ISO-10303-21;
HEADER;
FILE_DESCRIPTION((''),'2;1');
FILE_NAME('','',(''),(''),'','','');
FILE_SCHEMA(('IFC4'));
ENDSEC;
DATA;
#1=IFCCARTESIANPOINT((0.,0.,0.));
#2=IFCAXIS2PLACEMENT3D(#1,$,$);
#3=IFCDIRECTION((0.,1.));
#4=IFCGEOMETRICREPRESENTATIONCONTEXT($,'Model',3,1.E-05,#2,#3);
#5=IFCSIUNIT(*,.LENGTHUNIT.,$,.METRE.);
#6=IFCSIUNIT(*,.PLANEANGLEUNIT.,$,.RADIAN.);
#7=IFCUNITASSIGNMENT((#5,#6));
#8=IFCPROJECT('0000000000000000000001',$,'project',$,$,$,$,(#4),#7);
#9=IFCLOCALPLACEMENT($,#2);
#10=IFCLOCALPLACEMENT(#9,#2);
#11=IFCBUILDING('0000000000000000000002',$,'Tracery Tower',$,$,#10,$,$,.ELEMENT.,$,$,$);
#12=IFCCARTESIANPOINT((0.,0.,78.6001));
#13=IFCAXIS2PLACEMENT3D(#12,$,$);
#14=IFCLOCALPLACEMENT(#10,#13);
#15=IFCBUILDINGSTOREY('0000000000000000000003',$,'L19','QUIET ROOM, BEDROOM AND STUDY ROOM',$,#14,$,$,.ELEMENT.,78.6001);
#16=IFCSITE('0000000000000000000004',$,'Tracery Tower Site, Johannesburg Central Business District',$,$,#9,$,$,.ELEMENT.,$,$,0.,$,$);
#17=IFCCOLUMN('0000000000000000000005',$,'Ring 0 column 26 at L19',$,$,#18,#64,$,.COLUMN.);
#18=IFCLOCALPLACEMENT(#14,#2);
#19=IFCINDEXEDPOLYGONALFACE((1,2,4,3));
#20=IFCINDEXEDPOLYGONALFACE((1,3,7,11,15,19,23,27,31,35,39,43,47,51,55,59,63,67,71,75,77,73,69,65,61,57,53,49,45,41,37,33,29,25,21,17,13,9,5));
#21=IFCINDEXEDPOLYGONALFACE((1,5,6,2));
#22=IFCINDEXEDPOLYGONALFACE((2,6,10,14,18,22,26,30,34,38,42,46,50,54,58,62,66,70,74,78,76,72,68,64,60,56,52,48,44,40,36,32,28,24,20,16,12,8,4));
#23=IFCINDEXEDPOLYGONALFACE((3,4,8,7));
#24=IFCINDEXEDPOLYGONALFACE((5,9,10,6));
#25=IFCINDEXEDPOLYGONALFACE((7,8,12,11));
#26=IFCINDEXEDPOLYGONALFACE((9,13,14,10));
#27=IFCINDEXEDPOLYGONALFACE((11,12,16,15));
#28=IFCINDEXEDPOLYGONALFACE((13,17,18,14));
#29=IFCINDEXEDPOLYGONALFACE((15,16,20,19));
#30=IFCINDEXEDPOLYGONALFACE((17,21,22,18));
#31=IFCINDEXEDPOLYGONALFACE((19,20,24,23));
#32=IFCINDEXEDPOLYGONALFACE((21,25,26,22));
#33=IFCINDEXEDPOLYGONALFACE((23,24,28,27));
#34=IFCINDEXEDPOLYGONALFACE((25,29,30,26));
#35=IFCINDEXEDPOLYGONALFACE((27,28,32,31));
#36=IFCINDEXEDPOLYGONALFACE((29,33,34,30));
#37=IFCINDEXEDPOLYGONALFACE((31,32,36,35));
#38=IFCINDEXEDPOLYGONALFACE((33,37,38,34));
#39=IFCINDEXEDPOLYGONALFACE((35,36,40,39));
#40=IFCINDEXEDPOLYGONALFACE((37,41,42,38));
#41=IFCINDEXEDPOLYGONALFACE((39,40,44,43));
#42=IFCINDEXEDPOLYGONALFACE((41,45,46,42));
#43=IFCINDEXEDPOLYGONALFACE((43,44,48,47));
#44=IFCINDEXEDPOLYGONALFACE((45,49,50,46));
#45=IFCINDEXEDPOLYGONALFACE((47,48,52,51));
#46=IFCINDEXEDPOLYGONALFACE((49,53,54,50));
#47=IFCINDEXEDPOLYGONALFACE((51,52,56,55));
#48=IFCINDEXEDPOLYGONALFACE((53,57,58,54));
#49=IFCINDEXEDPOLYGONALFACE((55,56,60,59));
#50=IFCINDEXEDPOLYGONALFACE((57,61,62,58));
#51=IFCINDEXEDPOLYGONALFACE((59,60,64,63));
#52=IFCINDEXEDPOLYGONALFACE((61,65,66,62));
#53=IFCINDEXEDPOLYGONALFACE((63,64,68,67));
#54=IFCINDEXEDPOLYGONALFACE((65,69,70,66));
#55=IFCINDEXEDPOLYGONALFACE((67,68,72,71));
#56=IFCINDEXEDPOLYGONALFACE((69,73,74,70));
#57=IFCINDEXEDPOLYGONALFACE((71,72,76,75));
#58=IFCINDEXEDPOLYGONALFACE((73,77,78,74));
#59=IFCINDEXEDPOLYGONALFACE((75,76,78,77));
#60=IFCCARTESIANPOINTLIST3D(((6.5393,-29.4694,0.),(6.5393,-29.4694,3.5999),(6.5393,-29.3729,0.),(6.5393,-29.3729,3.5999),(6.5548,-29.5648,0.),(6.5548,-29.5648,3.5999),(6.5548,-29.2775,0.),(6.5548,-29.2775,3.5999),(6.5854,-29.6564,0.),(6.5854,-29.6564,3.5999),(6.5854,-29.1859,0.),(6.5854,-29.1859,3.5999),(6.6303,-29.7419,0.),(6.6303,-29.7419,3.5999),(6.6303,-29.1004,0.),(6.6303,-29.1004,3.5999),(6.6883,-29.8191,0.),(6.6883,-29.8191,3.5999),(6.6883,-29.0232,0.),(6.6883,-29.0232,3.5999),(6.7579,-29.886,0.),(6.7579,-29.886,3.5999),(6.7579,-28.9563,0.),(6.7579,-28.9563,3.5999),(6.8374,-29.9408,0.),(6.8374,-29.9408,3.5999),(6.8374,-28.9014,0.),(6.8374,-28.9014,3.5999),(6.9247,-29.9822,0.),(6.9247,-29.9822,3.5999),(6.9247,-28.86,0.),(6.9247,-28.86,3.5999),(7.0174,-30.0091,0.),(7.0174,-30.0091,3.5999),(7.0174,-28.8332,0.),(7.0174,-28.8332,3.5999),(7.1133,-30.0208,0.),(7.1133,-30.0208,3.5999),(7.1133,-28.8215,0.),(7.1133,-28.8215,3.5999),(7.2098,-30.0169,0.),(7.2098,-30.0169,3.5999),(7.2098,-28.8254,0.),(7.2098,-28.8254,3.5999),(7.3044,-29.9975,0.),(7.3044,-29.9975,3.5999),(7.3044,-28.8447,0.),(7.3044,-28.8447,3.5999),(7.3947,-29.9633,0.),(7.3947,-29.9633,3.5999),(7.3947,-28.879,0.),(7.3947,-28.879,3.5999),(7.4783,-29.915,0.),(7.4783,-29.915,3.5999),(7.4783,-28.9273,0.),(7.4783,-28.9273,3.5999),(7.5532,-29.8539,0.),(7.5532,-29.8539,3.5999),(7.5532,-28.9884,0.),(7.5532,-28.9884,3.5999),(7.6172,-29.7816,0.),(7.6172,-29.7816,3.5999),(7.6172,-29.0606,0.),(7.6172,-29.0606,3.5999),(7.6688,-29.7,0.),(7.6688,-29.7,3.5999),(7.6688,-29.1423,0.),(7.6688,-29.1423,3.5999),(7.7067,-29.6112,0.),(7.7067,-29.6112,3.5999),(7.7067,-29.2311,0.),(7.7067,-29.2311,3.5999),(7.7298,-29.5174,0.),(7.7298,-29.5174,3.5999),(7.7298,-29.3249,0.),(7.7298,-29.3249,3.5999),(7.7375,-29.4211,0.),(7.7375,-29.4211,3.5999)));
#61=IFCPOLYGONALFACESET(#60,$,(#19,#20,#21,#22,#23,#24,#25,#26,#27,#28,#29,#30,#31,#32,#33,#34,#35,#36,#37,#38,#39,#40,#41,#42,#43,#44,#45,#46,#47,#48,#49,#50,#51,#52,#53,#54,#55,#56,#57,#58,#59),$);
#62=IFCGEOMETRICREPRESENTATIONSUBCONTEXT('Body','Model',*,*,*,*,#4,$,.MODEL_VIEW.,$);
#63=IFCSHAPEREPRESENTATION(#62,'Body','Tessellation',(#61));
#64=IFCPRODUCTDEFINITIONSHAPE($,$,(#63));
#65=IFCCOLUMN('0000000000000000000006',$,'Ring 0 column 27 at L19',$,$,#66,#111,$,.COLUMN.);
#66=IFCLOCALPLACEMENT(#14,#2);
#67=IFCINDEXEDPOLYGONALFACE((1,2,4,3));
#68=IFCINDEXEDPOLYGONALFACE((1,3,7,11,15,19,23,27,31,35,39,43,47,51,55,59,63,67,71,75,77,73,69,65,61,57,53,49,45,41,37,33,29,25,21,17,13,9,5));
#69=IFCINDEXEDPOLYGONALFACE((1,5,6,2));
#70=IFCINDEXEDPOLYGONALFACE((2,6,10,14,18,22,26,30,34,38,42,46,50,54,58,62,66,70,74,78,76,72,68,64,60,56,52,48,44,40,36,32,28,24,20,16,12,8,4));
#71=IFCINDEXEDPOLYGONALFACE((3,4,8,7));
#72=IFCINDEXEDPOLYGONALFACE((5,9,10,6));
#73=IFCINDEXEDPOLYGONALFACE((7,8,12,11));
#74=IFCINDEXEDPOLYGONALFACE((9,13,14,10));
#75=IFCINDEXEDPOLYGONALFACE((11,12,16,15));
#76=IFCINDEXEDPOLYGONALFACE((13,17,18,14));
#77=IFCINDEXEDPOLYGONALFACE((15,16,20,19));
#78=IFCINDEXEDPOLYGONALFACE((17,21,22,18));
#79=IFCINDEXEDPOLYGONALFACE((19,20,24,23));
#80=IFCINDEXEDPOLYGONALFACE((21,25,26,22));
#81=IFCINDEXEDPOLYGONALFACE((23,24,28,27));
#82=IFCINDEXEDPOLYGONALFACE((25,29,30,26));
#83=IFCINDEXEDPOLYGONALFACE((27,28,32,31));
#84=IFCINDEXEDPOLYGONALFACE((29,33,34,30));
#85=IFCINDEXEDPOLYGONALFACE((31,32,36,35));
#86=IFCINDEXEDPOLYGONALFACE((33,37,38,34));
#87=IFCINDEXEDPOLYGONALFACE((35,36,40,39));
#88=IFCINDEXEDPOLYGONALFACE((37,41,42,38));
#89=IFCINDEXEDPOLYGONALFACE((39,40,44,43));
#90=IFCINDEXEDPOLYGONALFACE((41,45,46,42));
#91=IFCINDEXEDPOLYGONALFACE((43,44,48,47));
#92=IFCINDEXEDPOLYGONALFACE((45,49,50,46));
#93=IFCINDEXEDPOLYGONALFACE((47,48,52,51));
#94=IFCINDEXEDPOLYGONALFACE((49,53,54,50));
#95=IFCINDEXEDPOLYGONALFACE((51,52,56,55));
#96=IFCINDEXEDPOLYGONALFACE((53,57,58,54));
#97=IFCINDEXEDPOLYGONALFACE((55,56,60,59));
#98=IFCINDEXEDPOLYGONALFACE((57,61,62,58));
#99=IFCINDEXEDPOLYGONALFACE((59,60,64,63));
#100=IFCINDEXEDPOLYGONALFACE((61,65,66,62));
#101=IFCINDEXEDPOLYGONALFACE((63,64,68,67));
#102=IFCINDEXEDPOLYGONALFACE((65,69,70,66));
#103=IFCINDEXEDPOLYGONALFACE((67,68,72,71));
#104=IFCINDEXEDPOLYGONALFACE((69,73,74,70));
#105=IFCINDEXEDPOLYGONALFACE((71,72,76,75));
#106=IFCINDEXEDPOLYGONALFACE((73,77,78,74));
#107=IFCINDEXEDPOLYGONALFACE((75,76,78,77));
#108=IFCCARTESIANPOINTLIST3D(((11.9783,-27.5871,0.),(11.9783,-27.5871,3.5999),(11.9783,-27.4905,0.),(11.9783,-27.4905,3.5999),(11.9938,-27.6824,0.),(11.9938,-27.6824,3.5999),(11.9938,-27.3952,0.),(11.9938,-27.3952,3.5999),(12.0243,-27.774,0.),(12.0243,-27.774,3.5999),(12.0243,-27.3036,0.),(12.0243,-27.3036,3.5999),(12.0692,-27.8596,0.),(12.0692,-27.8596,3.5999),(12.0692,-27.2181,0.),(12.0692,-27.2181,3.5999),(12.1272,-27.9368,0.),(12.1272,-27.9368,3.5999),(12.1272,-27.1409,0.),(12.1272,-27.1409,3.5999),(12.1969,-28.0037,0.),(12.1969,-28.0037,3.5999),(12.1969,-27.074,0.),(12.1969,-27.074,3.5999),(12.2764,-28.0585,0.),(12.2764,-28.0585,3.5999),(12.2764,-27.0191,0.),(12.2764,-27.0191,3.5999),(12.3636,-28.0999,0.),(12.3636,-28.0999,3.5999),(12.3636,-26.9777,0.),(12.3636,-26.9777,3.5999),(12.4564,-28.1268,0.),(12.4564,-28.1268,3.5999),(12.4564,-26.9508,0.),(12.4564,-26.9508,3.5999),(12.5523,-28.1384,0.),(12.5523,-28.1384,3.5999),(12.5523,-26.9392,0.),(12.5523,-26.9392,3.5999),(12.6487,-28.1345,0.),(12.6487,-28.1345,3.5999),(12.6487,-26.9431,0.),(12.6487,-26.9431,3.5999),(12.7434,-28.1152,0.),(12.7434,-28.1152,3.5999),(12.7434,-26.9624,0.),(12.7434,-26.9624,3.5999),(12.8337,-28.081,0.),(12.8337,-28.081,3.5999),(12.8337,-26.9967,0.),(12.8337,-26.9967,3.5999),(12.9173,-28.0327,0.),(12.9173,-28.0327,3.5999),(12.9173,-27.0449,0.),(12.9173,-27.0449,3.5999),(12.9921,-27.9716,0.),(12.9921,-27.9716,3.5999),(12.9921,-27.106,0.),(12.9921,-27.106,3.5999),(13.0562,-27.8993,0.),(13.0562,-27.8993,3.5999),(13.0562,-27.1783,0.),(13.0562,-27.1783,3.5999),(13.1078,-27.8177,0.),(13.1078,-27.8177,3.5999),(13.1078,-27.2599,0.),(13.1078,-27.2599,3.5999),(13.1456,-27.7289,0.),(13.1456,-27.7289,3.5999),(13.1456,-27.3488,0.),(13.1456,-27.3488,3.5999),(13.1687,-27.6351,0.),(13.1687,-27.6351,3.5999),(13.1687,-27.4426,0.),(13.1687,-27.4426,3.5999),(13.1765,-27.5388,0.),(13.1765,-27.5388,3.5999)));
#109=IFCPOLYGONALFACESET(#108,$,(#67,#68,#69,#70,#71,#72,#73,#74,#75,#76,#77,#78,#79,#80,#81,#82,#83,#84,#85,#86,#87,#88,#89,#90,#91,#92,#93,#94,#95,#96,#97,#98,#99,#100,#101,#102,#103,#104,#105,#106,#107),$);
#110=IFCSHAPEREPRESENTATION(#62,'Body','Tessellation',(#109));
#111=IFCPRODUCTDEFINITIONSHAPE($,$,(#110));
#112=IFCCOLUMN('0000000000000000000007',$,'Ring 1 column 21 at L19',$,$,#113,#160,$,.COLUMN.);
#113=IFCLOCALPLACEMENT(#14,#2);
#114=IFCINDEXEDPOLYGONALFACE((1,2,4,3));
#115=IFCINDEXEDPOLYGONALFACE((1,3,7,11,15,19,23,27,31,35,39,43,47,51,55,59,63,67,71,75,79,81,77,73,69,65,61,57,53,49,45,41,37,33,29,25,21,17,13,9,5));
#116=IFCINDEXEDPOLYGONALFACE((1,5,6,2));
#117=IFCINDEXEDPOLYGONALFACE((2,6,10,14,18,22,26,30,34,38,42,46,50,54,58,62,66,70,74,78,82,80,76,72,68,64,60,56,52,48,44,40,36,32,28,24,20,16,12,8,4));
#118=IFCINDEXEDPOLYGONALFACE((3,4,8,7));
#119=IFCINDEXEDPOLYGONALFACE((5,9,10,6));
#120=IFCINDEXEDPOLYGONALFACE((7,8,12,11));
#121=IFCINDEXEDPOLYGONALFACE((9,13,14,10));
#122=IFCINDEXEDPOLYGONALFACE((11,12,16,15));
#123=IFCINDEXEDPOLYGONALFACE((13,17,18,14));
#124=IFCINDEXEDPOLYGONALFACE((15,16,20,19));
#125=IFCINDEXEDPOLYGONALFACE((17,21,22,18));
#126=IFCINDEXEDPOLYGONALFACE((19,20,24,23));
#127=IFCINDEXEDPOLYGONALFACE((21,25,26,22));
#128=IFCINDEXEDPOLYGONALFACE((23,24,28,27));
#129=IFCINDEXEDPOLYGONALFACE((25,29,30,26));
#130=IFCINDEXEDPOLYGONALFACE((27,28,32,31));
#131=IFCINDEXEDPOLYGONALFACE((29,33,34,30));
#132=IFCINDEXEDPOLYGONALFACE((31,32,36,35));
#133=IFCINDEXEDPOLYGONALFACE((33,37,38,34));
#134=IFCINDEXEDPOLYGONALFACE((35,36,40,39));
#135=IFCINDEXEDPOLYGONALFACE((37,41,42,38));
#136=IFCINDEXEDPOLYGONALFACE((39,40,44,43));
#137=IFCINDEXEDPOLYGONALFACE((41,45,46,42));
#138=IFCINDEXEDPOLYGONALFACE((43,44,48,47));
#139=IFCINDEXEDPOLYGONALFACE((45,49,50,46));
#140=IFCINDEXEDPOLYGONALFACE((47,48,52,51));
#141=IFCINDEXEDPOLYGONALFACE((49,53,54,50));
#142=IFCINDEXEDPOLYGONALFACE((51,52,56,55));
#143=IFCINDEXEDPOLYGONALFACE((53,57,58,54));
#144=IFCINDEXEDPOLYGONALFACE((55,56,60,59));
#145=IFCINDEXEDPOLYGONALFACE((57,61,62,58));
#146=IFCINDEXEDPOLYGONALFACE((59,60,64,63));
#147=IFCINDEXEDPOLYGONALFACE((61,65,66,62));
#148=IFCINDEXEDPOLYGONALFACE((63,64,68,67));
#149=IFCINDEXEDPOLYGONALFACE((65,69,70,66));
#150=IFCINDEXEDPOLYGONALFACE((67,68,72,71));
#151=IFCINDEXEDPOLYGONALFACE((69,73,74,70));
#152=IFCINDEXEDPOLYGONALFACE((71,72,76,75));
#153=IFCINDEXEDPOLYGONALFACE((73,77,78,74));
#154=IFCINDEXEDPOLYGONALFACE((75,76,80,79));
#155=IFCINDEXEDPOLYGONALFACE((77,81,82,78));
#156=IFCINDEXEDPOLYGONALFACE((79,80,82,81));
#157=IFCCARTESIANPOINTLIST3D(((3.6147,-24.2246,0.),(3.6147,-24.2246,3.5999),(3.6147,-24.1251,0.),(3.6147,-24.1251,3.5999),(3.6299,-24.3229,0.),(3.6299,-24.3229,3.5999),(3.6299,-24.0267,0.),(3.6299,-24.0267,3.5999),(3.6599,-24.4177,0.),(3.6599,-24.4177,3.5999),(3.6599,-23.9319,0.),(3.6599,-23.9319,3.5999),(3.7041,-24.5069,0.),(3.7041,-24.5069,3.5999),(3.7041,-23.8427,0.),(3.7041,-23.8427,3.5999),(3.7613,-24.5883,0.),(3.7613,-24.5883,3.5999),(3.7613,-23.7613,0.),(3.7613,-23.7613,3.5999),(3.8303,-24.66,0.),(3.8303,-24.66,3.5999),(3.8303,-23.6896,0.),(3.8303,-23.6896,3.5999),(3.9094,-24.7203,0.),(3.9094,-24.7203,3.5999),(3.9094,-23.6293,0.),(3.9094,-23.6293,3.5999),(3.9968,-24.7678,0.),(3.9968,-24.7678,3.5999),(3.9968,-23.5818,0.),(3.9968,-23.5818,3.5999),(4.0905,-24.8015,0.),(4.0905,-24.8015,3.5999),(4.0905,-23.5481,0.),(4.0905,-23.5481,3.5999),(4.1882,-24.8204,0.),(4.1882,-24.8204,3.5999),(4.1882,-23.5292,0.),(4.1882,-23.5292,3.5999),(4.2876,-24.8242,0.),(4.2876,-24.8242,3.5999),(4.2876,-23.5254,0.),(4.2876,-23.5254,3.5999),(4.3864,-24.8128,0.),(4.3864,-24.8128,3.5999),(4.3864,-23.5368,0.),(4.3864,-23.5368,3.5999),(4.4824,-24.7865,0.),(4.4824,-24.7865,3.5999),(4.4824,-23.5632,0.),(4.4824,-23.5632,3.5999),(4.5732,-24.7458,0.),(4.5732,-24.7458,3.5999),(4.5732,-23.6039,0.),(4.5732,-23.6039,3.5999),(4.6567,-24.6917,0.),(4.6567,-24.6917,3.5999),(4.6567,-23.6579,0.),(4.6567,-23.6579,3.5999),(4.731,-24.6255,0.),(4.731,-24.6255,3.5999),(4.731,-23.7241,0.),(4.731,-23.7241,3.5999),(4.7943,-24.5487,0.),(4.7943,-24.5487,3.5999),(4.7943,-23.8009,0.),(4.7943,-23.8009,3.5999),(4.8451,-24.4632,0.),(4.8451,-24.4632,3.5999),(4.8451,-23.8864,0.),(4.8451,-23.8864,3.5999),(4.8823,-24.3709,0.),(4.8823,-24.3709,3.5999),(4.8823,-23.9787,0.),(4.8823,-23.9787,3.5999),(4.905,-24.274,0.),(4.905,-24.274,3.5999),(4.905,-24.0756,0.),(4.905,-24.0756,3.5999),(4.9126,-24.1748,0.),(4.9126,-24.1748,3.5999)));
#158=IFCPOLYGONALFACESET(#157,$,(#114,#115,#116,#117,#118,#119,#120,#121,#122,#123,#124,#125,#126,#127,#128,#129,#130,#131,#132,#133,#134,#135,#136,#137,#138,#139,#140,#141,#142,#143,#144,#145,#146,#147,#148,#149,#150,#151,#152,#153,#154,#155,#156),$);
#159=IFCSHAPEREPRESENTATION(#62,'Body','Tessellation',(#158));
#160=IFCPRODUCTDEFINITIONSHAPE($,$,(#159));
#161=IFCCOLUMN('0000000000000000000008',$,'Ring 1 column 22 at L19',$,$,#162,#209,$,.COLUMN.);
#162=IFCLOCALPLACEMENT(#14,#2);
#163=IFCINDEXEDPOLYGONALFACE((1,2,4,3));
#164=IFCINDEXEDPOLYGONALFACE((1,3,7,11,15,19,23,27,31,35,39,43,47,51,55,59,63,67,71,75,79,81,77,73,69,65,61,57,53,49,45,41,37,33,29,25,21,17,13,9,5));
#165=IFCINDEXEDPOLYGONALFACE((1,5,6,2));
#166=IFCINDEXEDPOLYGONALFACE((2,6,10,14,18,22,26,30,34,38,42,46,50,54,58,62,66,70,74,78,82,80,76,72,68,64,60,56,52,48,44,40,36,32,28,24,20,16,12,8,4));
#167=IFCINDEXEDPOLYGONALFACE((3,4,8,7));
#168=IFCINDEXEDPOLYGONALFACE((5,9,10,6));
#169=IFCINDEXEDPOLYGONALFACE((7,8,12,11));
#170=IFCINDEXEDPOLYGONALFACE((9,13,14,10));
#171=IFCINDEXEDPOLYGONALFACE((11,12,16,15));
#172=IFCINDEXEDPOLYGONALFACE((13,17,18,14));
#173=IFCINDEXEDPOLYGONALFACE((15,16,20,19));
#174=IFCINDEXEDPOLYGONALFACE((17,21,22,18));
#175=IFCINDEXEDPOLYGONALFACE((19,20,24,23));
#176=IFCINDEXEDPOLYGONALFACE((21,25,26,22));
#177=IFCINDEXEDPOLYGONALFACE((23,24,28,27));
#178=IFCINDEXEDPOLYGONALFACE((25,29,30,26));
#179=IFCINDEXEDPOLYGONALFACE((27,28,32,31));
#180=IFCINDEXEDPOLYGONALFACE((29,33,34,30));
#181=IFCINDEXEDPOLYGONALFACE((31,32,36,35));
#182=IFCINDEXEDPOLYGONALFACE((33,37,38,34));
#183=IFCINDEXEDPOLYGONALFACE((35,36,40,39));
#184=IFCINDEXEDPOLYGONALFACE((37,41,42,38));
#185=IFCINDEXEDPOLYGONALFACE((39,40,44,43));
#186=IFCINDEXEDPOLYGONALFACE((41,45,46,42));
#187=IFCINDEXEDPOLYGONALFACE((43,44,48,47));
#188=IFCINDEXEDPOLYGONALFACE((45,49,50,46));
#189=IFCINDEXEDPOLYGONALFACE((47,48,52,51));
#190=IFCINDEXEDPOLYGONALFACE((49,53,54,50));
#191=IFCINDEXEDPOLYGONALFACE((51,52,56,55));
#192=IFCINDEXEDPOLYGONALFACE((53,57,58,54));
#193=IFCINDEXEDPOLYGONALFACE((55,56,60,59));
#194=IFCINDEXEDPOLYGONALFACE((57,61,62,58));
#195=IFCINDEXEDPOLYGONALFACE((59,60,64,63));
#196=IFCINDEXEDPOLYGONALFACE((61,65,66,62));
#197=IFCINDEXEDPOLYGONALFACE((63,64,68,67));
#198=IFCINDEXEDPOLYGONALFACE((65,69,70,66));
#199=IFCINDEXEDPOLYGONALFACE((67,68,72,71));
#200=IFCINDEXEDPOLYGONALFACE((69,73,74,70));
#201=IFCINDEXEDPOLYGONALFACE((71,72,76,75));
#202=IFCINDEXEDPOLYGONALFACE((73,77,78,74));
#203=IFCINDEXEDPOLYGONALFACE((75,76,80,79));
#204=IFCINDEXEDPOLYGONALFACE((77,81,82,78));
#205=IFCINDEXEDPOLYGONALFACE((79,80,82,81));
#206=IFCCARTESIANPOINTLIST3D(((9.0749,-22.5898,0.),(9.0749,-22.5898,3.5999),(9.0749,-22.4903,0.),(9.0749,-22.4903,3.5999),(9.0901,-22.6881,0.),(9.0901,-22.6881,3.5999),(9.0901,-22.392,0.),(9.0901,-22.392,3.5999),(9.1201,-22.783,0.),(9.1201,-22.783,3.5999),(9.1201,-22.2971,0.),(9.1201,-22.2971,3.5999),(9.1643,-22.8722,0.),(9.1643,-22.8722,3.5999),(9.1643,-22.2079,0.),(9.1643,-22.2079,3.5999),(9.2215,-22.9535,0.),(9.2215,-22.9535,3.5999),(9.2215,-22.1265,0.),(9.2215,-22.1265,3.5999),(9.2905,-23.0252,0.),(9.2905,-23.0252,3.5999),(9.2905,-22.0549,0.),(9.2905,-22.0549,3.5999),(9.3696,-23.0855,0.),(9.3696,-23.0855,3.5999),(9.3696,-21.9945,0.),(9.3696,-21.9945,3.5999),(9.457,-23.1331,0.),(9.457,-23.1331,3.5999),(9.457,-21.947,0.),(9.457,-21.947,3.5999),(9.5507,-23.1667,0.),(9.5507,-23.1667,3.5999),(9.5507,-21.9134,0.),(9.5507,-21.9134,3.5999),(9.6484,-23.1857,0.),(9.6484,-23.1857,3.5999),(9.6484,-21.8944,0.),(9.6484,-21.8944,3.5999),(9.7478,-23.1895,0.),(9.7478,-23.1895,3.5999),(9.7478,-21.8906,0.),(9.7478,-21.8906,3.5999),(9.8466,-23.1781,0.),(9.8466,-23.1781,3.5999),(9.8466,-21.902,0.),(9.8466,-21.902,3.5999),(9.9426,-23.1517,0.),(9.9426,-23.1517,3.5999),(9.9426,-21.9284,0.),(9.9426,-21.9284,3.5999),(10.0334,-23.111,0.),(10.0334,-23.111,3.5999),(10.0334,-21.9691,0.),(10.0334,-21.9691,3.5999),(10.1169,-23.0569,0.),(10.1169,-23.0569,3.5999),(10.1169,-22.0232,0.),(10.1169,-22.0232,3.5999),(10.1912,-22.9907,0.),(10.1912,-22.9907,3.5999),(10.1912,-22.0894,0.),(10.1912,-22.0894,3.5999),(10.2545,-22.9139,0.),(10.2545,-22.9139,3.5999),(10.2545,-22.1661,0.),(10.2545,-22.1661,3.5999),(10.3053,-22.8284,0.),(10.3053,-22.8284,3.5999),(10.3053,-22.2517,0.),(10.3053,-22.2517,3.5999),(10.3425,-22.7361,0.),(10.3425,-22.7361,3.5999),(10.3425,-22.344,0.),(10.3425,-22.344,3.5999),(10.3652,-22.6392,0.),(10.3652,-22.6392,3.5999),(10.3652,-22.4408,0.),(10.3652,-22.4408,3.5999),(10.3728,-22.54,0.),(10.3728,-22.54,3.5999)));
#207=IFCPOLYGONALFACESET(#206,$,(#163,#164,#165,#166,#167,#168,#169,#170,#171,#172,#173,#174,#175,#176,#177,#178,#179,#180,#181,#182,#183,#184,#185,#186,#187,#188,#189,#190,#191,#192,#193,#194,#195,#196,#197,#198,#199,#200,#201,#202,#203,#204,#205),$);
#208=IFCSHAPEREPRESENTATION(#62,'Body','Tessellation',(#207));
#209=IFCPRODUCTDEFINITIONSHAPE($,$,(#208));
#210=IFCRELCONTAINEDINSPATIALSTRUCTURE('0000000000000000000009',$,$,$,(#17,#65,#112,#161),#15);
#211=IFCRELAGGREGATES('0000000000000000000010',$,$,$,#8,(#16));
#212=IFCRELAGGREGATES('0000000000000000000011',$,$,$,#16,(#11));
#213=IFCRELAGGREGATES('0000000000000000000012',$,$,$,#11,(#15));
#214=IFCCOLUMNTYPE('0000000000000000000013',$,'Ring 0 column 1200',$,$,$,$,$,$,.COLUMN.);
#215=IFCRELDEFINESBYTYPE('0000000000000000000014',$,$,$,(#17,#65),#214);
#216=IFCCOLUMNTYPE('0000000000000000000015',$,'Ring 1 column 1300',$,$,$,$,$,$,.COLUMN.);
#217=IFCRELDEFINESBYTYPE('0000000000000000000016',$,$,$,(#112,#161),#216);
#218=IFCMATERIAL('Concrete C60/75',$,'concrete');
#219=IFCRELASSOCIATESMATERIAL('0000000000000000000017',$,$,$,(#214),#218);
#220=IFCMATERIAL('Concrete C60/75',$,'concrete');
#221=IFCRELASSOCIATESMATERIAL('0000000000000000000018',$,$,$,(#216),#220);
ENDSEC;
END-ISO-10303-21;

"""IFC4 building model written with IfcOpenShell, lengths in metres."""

from ifc_helpers import new_model, si_unit, direction, frame, origin, origin_2d, place, context, subcontext, project, spatial, circle, extrude, material, material_profile, profile_set, type_object, element, save


model = new_model("IFC4")

# Units and contexts
model_context = context("Model", 3, precision=1e-05, world=origin(), true_north=direction((0.0, 1.0)))
body_context = subcontext(model_context, "Body", "Model", "MODEL_VIEW")
ifc_project = project(units=[si_unit("LENGTHUNIT", "METRE"), si_unit("PLANEANGLEUNIT", "RADIAN")], contexts=[model_context])

# Site, building, storey
site_placement = place(None, origin())
site = spatial("IfcSite", under=ifc_project, at=site_placement, Name="Tracery Tower Site, Johannesburg Central Business District", CompositionType="ELEMENT", RefElevation=0.0)
building_placement = place(site_placement, origin())
building = spatial("IfcBuilding", under=site, at=building_placement, Name="Tracery Tower", CompositionType="ELEMENT")
storey_placement = place(building_placement, frame((0.0, 0.0, 78.6001)))
storey = spatial("IfcBuildingStorey", under=building, at=storey_placement, Name="L19", Description="QUIET ROOM, BEDROOM AND STUDY ROOM", CompositionType="ELEMENT", Elevation=78.6001)

# Columns
ifc_material_1 = material(Name="Concrete C60/75", Category="concrete")
ifc_material_profile_1 = material_profile(ifc_material_1, circle(Radius=0.6001, at=origin_2d()), Name="RC D1200")
ifc_profile_set_1 = profile_set([ifc_material_profile_1], Name="Concrete C60/75")
column_type_1 = type_object("IfcColumnType", Name="Ring 0 column 1200", PredefinedType="COLUMN", material=ifc_profile_set_1)
for number, where, z_axis, x_axis, name in (
    (1, (7.1375, -29.4211, 0.0), (0.0, 0.0, 1.0), (1.0, 0.0, 0.0), "Ring 0 column 26 at L19"),
    (2, (12.5764, -27.5388, 0.0), (0.0, 0.0, 1.0), (1.0, 0.0, 0.0), "Ring 0 column 27 at L19"),
):
    element("IfcColumn", number, at=place(storey_placement, frame(where, z_axis=z_axis, x_axis=x_axis)), inside=storey, type_object=column_type_1, Name=name, PredefinedType="COLUMN", context=body_context, shape_type="SweptSolid", body=[
        extrude(circle(Radius=0.6001, at=origin_2d()), origin(), (0.0, 0.0, 1.0), 3.5999),
    ])
ifc_material_2 = material(Name="Concrete C60/75", Category="concrete")
ifc_material_profile_2 = material_profile(ifc_material_2, circle(Radius=0.6499, at=origin_2d()), Name="RC D1300")
ifc_profile_set_2 = profile_set([ifc_material_profile_2], Name="Concrete C60/75")
column_type_2 = type_object("IfcColumnType", Name="Ring 1 column 1300", PredefinedType="COLUMN", material=ifc_profile_set_2)
for number, where, z_axis, x_axis, name in (
    (3, (4.2627, -24.1748, 0.0), (0.0, 0.0, 1.0), (1.0, 0.0, 0.0), "Ring 1 column 21 at L19"),
    (4, (9.7229, -22.54, 0.0), (0.0, 0.0, 1.0), (1.0, 0.0, 0.0), "Ring 1 column 22 at L19"),
):
    element("IfcColumn", number, at=place(storey_placement, frame(where, z_axis=z_axis, x_axis=x_axis)), inside=storey, type_object=column_type_2, Name=name, PredefinedType="COLUMN", context=body_context, shape_type="SweptSolid", body=[
        extrude(circle(Radius=0.6499, at=origin_2d()), origin(), (0.0, 0.0, 1.0), 3.5999),
    ])

save(model, "model.ifc")
